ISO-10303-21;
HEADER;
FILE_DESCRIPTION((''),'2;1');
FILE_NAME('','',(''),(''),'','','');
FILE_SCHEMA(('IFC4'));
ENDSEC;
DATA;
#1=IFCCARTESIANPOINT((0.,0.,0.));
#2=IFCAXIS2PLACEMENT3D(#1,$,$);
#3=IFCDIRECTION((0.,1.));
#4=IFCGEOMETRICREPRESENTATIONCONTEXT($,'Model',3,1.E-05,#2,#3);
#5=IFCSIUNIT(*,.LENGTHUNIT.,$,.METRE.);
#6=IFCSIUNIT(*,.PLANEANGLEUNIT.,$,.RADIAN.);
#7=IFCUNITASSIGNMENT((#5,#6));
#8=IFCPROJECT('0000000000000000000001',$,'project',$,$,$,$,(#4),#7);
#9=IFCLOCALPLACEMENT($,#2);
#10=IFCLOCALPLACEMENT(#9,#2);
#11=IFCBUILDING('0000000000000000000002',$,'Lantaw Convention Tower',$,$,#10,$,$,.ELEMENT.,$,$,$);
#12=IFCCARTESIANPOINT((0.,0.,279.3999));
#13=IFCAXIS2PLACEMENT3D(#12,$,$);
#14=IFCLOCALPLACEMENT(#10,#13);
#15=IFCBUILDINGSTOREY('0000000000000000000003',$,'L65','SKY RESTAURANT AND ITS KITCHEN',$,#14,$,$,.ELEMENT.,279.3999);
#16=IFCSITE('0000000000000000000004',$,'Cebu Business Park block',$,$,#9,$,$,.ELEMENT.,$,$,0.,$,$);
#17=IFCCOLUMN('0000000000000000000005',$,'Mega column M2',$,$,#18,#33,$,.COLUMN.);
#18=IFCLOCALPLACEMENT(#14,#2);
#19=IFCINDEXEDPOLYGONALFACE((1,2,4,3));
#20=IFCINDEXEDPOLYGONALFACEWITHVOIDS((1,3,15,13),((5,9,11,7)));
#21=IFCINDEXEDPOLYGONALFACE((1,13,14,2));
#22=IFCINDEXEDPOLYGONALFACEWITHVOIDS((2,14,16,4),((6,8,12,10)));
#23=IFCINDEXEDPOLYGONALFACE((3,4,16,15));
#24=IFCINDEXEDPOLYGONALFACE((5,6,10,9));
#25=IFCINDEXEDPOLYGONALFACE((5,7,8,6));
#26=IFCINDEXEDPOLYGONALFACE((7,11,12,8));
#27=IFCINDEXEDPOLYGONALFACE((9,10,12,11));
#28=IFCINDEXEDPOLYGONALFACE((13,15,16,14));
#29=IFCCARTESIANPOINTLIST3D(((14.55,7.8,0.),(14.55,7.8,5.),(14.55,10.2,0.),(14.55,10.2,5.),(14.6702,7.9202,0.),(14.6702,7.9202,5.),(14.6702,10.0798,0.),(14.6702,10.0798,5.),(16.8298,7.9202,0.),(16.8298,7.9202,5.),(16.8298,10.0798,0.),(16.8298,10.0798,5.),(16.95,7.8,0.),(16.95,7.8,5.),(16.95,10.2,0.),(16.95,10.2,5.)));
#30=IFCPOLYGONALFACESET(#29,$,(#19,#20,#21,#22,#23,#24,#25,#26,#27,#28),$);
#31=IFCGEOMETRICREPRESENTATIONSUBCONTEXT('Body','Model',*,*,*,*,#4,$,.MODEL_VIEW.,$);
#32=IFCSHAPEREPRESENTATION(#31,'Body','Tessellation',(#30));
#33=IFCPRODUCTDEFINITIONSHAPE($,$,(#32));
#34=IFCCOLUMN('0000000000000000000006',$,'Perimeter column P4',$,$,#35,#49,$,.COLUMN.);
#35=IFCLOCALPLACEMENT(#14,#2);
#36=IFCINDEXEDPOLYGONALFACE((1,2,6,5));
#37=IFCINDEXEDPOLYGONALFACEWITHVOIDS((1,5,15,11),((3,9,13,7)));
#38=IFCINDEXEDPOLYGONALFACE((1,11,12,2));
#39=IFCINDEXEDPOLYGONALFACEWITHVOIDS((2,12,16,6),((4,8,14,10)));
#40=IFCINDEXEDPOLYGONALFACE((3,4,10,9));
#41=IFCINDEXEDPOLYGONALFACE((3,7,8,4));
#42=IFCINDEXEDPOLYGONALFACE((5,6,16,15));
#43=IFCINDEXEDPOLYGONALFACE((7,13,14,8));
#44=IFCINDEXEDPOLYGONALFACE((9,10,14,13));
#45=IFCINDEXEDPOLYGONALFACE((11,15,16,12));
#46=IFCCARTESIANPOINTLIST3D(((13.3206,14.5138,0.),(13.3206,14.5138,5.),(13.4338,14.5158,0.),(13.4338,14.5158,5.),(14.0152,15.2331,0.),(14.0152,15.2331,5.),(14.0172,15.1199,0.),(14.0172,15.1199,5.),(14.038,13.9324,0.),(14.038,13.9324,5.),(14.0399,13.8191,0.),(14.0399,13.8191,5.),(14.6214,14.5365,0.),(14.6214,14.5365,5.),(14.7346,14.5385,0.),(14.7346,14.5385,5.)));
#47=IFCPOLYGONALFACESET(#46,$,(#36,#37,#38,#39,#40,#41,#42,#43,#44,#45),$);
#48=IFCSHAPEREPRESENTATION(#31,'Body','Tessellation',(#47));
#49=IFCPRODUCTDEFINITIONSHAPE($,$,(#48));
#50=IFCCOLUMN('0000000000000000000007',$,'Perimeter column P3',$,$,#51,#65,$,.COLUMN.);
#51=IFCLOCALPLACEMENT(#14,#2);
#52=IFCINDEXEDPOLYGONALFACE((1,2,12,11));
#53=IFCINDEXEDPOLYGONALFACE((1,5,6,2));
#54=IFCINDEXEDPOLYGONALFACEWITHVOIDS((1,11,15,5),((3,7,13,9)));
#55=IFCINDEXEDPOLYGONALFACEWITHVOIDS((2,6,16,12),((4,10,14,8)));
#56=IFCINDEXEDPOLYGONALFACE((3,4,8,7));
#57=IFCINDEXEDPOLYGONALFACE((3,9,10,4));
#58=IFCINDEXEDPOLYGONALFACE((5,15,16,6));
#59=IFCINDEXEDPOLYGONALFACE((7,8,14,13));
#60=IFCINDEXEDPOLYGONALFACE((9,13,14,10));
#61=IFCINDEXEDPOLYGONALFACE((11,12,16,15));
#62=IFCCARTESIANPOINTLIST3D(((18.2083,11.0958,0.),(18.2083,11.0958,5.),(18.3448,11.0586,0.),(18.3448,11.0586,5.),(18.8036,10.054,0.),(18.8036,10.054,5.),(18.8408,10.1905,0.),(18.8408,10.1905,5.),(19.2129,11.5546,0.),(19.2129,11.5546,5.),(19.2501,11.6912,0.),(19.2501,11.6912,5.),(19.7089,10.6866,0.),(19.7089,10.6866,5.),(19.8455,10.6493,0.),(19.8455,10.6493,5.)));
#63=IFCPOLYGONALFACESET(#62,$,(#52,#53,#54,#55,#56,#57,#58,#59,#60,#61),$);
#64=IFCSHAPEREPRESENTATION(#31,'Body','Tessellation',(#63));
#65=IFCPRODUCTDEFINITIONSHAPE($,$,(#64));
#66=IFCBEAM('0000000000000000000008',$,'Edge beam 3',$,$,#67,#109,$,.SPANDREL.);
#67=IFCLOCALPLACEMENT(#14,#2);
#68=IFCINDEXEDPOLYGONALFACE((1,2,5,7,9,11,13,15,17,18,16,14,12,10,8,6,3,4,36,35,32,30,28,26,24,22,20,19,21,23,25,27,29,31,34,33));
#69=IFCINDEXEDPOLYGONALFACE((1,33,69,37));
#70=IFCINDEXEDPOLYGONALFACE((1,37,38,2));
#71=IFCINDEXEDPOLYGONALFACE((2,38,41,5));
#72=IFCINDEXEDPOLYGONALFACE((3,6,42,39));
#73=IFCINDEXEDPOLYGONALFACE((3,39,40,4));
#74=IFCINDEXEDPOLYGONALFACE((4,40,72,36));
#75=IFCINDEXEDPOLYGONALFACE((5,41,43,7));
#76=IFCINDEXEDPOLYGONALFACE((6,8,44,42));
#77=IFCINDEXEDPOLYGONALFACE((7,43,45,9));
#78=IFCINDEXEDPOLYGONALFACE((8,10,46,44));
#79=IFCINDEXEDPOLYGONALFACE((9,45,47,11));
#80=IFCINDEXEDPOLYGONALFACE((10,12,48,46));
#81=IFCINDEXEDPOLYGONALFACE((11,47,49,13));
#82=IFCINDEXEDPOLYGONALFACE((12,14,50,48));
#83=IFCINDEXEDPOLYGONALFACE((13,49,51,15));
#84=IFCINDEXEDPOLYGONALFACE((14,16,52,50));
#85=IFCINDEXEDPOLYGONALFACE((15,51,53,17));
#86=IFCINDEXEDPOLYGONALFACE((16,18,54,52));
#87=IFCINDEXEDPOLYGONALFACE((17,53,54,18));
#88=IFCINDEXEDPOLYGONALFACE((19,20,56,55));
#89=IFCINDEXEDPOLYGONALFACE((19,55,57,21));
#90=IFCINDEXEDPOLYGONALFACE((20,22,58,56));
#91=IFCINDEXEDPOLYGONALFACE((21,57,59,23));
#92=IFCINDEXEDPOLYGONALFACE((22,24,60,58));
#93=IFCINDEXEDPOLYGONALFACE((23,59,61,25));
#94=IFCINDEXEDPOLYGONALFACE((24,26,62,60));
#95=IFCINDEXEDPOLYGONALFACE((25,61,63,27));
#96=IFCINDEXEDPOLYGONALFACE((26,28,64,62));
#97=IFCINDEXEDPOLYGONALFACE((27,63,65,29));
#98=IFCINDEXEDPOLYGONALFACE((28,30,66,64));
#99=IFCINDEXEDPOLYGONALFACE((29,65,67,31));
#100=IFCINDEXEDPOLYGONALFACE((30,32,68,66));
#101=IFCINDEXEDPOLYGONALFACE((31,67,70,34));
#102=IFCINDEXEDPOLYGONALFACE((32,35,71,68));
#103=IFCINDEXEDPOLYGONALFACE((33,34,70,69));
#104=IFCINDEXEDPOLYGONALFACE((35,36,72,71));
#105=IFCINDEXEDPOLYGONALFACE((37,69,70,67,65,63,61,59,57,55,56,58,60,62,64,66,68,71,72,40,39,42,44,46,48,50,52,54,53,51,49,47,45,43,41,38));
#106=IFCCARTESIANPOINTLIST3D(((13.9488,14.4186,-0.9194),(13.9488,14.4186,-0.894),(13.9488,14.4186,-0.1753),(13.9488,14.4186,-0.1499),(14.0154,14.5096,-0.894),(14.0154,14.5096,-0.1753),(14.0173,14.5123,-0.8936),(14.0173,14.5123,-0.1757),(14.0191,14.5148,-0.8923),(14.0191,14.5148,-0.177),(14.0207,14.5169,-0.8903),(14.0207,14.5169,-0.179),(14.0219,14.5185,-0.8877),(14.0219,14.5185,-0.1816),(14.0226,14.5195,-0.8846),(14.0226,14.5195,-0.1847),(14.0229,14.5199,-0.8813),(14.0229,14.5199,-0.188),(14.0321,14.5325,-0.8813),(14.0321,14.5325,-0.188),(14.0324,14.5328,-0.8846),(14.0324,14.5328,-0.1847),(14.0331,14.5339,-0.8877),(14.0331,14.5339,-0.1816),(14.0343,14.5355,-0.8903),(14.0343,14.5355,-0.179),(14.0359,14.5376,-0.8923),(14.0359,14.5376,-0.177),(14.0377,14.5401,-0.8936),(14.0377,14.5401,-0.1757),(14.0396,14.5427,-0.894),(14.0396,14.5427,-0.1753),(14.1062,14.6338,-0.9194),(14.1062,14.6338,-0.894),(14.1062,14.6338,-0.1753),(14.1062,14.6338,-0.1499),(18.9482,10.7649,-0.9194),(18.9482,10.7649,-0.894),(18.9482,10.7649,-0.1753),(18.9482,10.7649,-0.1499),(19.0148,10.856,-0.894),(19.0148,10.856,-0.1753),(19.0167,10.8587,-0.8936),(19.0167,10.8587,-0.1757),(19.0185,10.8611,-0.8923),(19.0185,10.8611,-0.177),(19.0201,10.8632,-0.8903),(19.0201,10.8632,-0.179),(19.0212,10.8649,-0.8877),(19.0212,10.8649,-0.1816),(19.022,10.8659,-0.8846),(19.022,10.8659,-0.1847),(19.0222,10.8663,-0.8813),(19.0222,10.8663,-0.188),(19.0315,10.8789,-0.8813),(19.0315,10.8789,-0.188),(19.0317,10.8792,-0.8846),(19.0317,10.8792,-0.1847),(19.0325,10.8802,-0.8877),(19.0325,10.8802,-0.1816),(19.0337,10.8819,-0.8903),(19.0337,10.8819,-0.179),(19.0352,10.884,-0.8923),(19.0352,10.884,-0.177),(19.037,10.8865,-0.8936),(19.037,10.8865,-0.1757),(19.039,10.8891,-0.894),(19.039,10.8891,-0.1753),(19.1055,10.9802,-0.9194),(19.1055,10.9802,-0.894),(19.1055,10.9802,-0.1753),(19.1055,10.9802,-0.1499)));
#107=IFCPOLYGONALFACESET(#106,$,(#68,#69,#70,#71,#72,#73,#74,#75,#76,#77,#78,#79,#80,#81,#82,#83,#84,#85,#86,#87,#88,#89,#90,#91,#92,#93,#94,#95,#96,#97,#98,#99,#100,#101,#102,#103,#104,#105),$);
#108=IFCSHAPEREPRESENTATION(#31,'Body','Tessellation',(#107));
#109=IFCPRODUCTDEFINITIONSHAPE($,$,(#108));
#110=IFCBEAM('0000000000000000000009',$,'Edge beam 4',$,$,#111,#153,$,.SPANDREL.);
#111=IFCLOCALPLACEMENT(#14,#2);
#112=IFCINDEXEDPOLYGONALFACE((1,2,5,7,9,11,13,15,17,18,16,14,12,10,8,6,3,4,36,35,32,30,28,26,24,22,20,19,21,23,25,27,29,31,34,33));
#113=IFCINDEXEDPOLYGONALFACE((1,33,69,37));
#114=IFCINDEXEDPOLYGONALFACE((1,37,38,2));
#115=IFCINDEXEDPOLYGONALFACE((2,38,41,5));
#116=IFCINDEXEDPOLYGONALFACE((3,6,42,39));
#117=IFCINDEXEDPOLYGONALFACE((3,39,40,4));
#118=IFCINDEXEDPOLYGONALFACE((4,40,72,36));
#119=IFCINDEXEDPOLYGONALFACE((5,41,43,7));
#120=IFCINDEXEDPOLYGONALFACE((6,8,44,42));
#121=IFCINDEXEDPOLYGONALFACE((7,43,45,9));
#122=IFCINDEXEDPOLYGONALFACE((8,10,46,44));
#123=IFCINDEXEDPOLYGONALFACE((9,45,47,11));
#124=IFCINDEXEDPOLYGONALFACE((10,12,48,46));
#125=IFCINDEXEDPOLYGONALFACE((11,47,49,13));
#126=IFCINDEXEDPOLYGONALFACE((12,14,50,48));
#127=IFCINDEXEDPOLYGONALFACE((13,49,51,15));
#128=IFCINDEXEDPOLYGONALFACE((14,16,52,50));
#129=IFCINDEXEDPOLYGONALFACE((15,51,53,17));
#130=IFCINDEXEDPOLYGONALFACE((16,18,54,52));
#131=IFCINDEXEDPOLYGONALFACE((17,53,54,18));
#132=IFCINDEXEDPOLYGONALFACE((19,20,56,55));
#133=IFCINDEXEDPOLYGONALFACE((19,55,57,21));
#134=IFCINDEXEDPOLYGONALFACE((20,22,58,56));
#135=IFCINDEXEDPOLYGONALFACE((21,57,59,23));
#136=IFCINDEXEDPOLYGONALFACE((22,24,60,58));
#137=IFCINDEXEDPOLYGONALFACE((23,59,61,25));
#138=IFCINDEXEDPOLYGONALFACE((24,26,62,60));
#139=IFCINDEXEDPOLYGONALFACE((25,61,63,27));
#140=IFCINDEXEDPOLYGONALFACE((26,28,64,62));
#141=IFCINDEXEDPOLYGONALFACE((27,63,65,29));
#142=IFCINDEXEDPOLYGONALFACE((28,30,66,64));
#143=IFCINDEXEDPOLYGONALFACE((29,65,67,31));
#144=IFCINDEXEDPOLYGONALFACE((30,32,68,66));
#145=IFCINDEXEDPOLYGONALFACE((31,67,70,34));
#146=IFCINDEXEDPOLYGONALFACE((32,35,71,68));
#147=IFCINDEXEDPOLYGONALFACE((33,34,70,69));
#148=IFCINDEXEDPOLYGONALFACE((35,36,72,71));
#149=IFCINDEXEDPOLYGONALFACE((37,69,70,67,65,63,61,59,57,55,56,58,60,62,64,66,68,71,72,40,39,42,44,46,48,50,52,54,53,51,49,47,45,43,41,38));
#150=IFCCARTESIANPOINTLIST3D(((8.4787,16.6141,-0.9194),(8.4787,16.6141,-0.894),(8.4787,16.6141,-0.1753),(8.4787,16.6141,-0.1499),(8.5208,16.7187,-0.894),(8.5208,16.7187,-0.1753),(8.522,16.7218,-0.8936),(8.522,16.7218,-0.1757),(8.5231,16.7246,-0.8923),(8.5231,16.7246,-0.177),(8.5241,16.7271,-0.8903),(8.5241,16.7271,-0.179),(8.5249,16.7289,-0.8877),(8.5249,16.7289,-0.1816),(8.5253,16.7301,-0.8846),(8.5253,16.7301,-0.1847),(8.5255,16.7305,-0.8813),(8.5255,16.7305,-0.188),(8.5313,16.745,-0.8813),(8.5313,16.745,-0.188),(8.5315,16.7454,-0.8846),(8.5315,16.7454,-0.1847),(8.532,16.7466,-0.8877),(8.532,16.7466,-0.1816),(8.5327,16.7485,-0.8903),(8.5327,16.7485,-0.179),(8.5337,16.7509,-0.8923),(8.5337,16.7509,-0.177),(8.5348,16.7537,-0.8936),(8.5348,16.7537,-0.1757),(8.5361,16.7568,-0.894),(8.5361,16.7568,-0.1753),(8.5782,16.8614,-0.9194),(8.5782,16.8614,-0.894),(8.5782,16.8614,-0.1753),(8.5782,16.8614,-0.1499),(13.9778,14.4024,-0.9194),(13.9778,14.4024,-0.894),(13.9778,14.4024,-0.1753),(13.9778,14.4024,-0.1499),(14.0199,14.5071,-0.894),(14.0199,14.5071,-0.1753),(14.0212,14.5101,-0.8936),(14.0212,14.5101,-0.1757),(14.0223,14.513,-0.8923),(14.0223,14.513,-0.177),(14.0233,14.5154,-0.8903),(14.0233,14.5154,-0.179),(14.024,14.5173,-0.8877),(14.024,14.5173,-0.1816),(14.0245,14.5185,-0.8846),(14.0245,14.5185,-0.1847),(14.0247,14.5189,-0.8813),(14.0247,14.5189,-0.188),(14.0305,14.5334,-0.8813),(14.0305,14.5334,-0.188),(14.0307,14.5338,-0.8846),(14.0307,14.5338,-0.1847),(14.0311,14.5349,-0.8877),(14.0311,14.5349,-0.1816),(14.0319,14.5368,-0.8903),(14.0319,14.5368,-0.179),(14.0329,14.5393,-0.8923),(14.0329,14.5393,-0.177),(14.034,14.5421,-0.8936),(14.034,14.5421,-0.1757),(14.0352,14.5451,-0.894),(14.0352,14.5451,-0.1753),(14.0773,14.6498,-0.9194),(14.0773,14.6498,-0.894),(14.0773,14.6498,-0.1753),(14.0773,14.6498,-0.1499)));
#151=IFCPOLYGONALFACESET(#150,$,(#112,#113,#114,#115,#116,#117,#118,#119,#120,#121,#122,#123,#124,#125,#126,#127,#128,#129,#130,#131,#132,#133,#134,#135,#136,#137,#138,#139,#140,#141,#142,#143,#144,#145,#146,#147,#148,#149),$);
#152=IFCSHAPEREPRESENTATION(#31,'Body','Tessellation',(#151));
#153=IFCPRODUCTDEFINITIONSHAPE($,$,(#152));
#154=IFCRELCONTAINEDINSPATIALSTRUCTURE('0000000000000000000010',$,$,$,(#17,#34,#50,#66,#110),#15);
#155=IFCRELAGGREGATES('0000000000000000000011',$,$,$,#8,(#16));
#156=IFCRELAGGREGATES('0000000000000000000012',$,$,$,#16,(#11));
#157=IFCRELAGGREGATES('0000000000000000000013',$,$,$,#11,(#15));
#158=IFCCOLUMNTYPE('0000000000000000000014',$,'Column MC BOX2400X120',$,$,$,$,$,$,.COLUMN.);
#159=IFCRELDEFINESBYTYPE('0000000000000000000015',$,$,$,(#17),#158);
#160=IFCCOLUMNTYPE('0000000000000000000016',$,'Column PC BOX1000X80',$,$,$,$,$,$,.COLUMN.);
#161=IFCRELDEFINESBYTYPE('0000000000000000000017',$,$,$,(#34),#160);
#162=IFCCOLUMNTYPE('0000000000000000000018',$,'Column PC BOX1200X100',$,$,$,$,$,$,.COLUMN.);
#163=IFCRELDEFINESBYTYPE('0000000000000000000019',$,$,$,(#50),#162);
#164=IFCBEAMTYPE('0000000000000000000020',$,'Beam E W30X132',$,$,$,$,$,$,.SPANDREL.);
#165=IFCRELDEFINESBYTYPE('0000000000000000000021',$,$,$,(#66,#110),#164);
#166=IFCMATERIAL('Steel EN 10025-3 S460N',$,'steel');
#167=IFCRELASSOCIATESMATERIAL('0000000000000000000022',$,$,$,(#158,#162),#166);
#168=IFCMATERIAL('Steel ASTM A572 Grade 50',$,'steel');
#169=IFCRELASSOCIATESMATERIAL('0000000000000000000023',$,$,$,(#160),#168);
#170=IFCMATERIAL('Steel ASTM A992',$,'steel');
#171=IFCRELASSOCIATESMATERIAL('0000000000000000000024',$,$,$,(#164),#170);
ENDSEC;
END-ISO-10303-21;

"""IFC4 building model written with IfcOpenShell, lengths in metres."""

from ifc_helpers import new_model, si_unit, direction, frame, origin, origin_2d, place, context, subcontext, project, spatial, rectangle, hollow_rectangle, i_section, extrude, material, material_profile, profile_set, type_object, element, save


model = new_model("IFC4")

# Units and contexts
model_context = context("Model", 3, precision=1e-05, world=origin(), true_north=direction((0.0, 1.0)))
body_context = subcontext(model_context, "Body", "Model", "MODEL_VIEW")
ifc_project = project(units=[si_unit("LENGTHUNIT", "METRE"), si_unit("PLANEANGLEUNIT", "RADIAN")], contexts=[model_context])

# Site, building, storey
site_placement = place(None, origin())
site = spatial("IfcSite", under=ifc_project, at=site_placement, Name="Cebu Business Park block", CompositionType="ELEMENT", RefElevation=0.0)
building_placement = place(site_placement, origin())
building = spatial("IfcBuilding", under=site, at=building_placement, Name="Lantaw Convention Tower", CompositionType="ELEMENT")
storey_placement = place(building_placement, frame((0.0, 0.0, 279.3999)))
storey = spatial("IfcBuildingStorey", under=building, at=storey_placement, Name="L65", Description="SKY RESTAURANT AND ITS KITCHEN", CompositionType="ELEMENT", Elevation=279.3999)

# Columns
ifc_material_1 = material(Name="Steel EN 10025-3 S460N", Category="steel")
ifc_material_profile_1 = material_profile(ifc_material_1, hollow_rectangle(XDim=2.3999, YDim=2.3999, WallThickness=0.1201, at=origin_2d()), Name="BOX2400X120")
ifc_material_2 = material(Name="Concrete C60/75", Category="concrete")
ifc_material_profile_2 = material_profile(ifc_material_2, rectangle(XDim=2.1599, YDim=2.1599, at=origin_2d()), Name="Concrete fill of BOX2400X120")
ifc_profile_set_1 = profile_set([ifc_material_profile_1, ifc_material_profile_2], Name="Steel EN 10025-3 S460N")
column_type_1 = type_object("IfcColumnType", Name="Column MC BOX2400X120", PredefinedType="COLUMN", material=ifc_profile_set_1)
column_1_placement = place(storey_placement, frame((15.75, 9.0, 0.0), z_axis=(0.0, 0.0, 1.0), x_axis=(1.0, 0.0, 0.0)))
element("IfcColumn", 1, at=column_1_placement, inside=storey, type_object=column_type_1, Name="Mega column M2", PredefinedType="COLUMN", context=body_context, shape_type="SweptSolid", body=[
    extrude(hollow_rectangle(XDim=2.3999, YDim=2.3999, WallThickness=0.1201, at=origin_2d()), origin(), (0.0, 0.0, 1.0), 5.0),
])
ifc_material_3 = material(Name="Steel ASTM A572 Grade 50", Category="steel")
ifc_material_profile_3 = material_profile(ifc_material_3, hollow_rectangle(XDim=1.0, YDim=1.0, WallThickness=0.0801, at=origin_2d()), Name="BOX1000X80")
ifc_material_profile_4 = material_profile(ifc_material_2, rectangle(XDim=0.8401, YDim=0.8401, at=origin_2d()), Name="Concrete fill of BOX1000X80")
ifc_profile_set_2 = profile_set([ifc_material_profile_3, ifc_material_profile_4], Name="Steel ASTM A572 Grade 50")
column_type_2 = type_object("IfcColumnType", Name="Column PC BOX1000X80", PredefinedType="COLUMN", material=ifc_profile_set_2)
column_2_placement = place(storey_placement, frame((14.0276, 14.5261, 0.0), z_axis=(0.0, 0.0, 1.0), x_axis=(0.694658, 0.71934, 0.0)))
element("IfcColumn", 2, at=column_2_placement, inside=storey, type_object=column_type_2, Name="Perimeter column P4", PredefinedType="COLUMN", context=body_context, shape_type="SweptSolid", body=[
    extrude(hollow_rectangle(XDim=1.0, YDim=1.0, WallThickness=0.0801, at=origin_2d()), origin(), (0.0, 0.0, 1.0), 5.0),
])
ifc_material_profile_5 = material_profile(ifc_material_1, hollow_rectangle(XDim=1.2, YDim=1.2, WallThickness=0.1001, at=origin_2d()), Name="BOX1200X100")
ifc_material_profile_6 = material_profile(ifc_material_2, rectangle(XDim=1.0, YDim=1.0, at=origin_2d()), Name="Concrete fill of BOX1200X100")
ifc_profile_set_3 = profile_set([ifc_material_profile_5, ifc_material_profile_6], Name="Steel EN 10025-3 S460N")
column_type_3 = type_object("IfcColumnType", Name="Column PC BOX1200X100", PredefinedType="COLUMN", material=ifc_profile_set_3)
column_3_placement = place(storey_placement, frame((19.0269, 10.8726, 0.0), z_axis=(0.0, 0.0, 1.0), x_axis=(0.868243, 0.496139, 0.0)))
element("IfcColumn", 3, at=column_3_placement, inside=storey, type_object=column_type_3, Name="Perimeter column P3", PredefinedType="COLUMN", context=body_context, shape_type="SweptSolid", body=[
    extrude(hollow_rectangle(XDim=1.2, YDim=1.2, WallThickness=0.1001, at=origin_2d()), origin(), (0.0, 0.0, 1.0), 5.0),
])

# Beams
ifc_material_4 = material(Name="Steel ASTM A992", Category="steel")
ifc_material_profile_7 = material_profile(ifc_material_4, i_section(OverallWidth=0.2666, OverallDepth=0.7695, WebThickness=0.0156, FlangeThickness=0.0254, FilletRadius=0.0127, at=origin_2d()), Name="W30X132")
ifc_profile_set_4 = profile_set([ifc_material_profile_7], Name="Steel ASTM A992")
beam_type_1 = type_object("IfcBeamType", Name="Beam E W30X132", PredefinedType="SPANDREL", material=ifc_profile_set_4)
beam_1_placement = place(storey_placement, frame((19.0269, 10.8726, -0.5347), z_axis=(-0.807372, 0.590043, 0.0), x_axis=(-0.590043, -0.807372, 0.0)))
element("IfcBeam", 4, at=beam_1_placement, inside=storey, type_object=beam_type_1, Name="Edge beam 3", PredefinedType="SPANDREL", context=body_context, shape_type="SweptSolid", body=[
    extrude(i_section(OverallWidth=0.2666, OverallDepth=0.7695, WebThickness=0.0156, FlangeThickness=0.0254, FilletRadius=0.0127, at=origin_2d()), origin(), (0.0, 0.0, 1.0), 6.1921),
])
beam_2_placement = place(storey_placement, frame((14.0276, 14.5261, -0.5347), z_axis=(-0.927779, 0.37313, 0.0), x_axis=(-0.37313, -0.927779, 0.0)))
element("IfcBeam", 5, at=beam_2_placement, inside=storey, type_object=beam_type_1, Name="Edge beam 4", PredefinedType="SPANDREL", context=body_context, shape_type="SweptSolid", body=[
    extrude(i_section(OverallWidth=0.2666, OverallDepth=0.7695, WebThickness=0.0156, FlangeThickness=0.0254, FilletRadius=0.0127, at=origin_2d()), origin(), (0.0, 0.0, 1.0), 5.9272),
])

save(model, "model.ifc")
